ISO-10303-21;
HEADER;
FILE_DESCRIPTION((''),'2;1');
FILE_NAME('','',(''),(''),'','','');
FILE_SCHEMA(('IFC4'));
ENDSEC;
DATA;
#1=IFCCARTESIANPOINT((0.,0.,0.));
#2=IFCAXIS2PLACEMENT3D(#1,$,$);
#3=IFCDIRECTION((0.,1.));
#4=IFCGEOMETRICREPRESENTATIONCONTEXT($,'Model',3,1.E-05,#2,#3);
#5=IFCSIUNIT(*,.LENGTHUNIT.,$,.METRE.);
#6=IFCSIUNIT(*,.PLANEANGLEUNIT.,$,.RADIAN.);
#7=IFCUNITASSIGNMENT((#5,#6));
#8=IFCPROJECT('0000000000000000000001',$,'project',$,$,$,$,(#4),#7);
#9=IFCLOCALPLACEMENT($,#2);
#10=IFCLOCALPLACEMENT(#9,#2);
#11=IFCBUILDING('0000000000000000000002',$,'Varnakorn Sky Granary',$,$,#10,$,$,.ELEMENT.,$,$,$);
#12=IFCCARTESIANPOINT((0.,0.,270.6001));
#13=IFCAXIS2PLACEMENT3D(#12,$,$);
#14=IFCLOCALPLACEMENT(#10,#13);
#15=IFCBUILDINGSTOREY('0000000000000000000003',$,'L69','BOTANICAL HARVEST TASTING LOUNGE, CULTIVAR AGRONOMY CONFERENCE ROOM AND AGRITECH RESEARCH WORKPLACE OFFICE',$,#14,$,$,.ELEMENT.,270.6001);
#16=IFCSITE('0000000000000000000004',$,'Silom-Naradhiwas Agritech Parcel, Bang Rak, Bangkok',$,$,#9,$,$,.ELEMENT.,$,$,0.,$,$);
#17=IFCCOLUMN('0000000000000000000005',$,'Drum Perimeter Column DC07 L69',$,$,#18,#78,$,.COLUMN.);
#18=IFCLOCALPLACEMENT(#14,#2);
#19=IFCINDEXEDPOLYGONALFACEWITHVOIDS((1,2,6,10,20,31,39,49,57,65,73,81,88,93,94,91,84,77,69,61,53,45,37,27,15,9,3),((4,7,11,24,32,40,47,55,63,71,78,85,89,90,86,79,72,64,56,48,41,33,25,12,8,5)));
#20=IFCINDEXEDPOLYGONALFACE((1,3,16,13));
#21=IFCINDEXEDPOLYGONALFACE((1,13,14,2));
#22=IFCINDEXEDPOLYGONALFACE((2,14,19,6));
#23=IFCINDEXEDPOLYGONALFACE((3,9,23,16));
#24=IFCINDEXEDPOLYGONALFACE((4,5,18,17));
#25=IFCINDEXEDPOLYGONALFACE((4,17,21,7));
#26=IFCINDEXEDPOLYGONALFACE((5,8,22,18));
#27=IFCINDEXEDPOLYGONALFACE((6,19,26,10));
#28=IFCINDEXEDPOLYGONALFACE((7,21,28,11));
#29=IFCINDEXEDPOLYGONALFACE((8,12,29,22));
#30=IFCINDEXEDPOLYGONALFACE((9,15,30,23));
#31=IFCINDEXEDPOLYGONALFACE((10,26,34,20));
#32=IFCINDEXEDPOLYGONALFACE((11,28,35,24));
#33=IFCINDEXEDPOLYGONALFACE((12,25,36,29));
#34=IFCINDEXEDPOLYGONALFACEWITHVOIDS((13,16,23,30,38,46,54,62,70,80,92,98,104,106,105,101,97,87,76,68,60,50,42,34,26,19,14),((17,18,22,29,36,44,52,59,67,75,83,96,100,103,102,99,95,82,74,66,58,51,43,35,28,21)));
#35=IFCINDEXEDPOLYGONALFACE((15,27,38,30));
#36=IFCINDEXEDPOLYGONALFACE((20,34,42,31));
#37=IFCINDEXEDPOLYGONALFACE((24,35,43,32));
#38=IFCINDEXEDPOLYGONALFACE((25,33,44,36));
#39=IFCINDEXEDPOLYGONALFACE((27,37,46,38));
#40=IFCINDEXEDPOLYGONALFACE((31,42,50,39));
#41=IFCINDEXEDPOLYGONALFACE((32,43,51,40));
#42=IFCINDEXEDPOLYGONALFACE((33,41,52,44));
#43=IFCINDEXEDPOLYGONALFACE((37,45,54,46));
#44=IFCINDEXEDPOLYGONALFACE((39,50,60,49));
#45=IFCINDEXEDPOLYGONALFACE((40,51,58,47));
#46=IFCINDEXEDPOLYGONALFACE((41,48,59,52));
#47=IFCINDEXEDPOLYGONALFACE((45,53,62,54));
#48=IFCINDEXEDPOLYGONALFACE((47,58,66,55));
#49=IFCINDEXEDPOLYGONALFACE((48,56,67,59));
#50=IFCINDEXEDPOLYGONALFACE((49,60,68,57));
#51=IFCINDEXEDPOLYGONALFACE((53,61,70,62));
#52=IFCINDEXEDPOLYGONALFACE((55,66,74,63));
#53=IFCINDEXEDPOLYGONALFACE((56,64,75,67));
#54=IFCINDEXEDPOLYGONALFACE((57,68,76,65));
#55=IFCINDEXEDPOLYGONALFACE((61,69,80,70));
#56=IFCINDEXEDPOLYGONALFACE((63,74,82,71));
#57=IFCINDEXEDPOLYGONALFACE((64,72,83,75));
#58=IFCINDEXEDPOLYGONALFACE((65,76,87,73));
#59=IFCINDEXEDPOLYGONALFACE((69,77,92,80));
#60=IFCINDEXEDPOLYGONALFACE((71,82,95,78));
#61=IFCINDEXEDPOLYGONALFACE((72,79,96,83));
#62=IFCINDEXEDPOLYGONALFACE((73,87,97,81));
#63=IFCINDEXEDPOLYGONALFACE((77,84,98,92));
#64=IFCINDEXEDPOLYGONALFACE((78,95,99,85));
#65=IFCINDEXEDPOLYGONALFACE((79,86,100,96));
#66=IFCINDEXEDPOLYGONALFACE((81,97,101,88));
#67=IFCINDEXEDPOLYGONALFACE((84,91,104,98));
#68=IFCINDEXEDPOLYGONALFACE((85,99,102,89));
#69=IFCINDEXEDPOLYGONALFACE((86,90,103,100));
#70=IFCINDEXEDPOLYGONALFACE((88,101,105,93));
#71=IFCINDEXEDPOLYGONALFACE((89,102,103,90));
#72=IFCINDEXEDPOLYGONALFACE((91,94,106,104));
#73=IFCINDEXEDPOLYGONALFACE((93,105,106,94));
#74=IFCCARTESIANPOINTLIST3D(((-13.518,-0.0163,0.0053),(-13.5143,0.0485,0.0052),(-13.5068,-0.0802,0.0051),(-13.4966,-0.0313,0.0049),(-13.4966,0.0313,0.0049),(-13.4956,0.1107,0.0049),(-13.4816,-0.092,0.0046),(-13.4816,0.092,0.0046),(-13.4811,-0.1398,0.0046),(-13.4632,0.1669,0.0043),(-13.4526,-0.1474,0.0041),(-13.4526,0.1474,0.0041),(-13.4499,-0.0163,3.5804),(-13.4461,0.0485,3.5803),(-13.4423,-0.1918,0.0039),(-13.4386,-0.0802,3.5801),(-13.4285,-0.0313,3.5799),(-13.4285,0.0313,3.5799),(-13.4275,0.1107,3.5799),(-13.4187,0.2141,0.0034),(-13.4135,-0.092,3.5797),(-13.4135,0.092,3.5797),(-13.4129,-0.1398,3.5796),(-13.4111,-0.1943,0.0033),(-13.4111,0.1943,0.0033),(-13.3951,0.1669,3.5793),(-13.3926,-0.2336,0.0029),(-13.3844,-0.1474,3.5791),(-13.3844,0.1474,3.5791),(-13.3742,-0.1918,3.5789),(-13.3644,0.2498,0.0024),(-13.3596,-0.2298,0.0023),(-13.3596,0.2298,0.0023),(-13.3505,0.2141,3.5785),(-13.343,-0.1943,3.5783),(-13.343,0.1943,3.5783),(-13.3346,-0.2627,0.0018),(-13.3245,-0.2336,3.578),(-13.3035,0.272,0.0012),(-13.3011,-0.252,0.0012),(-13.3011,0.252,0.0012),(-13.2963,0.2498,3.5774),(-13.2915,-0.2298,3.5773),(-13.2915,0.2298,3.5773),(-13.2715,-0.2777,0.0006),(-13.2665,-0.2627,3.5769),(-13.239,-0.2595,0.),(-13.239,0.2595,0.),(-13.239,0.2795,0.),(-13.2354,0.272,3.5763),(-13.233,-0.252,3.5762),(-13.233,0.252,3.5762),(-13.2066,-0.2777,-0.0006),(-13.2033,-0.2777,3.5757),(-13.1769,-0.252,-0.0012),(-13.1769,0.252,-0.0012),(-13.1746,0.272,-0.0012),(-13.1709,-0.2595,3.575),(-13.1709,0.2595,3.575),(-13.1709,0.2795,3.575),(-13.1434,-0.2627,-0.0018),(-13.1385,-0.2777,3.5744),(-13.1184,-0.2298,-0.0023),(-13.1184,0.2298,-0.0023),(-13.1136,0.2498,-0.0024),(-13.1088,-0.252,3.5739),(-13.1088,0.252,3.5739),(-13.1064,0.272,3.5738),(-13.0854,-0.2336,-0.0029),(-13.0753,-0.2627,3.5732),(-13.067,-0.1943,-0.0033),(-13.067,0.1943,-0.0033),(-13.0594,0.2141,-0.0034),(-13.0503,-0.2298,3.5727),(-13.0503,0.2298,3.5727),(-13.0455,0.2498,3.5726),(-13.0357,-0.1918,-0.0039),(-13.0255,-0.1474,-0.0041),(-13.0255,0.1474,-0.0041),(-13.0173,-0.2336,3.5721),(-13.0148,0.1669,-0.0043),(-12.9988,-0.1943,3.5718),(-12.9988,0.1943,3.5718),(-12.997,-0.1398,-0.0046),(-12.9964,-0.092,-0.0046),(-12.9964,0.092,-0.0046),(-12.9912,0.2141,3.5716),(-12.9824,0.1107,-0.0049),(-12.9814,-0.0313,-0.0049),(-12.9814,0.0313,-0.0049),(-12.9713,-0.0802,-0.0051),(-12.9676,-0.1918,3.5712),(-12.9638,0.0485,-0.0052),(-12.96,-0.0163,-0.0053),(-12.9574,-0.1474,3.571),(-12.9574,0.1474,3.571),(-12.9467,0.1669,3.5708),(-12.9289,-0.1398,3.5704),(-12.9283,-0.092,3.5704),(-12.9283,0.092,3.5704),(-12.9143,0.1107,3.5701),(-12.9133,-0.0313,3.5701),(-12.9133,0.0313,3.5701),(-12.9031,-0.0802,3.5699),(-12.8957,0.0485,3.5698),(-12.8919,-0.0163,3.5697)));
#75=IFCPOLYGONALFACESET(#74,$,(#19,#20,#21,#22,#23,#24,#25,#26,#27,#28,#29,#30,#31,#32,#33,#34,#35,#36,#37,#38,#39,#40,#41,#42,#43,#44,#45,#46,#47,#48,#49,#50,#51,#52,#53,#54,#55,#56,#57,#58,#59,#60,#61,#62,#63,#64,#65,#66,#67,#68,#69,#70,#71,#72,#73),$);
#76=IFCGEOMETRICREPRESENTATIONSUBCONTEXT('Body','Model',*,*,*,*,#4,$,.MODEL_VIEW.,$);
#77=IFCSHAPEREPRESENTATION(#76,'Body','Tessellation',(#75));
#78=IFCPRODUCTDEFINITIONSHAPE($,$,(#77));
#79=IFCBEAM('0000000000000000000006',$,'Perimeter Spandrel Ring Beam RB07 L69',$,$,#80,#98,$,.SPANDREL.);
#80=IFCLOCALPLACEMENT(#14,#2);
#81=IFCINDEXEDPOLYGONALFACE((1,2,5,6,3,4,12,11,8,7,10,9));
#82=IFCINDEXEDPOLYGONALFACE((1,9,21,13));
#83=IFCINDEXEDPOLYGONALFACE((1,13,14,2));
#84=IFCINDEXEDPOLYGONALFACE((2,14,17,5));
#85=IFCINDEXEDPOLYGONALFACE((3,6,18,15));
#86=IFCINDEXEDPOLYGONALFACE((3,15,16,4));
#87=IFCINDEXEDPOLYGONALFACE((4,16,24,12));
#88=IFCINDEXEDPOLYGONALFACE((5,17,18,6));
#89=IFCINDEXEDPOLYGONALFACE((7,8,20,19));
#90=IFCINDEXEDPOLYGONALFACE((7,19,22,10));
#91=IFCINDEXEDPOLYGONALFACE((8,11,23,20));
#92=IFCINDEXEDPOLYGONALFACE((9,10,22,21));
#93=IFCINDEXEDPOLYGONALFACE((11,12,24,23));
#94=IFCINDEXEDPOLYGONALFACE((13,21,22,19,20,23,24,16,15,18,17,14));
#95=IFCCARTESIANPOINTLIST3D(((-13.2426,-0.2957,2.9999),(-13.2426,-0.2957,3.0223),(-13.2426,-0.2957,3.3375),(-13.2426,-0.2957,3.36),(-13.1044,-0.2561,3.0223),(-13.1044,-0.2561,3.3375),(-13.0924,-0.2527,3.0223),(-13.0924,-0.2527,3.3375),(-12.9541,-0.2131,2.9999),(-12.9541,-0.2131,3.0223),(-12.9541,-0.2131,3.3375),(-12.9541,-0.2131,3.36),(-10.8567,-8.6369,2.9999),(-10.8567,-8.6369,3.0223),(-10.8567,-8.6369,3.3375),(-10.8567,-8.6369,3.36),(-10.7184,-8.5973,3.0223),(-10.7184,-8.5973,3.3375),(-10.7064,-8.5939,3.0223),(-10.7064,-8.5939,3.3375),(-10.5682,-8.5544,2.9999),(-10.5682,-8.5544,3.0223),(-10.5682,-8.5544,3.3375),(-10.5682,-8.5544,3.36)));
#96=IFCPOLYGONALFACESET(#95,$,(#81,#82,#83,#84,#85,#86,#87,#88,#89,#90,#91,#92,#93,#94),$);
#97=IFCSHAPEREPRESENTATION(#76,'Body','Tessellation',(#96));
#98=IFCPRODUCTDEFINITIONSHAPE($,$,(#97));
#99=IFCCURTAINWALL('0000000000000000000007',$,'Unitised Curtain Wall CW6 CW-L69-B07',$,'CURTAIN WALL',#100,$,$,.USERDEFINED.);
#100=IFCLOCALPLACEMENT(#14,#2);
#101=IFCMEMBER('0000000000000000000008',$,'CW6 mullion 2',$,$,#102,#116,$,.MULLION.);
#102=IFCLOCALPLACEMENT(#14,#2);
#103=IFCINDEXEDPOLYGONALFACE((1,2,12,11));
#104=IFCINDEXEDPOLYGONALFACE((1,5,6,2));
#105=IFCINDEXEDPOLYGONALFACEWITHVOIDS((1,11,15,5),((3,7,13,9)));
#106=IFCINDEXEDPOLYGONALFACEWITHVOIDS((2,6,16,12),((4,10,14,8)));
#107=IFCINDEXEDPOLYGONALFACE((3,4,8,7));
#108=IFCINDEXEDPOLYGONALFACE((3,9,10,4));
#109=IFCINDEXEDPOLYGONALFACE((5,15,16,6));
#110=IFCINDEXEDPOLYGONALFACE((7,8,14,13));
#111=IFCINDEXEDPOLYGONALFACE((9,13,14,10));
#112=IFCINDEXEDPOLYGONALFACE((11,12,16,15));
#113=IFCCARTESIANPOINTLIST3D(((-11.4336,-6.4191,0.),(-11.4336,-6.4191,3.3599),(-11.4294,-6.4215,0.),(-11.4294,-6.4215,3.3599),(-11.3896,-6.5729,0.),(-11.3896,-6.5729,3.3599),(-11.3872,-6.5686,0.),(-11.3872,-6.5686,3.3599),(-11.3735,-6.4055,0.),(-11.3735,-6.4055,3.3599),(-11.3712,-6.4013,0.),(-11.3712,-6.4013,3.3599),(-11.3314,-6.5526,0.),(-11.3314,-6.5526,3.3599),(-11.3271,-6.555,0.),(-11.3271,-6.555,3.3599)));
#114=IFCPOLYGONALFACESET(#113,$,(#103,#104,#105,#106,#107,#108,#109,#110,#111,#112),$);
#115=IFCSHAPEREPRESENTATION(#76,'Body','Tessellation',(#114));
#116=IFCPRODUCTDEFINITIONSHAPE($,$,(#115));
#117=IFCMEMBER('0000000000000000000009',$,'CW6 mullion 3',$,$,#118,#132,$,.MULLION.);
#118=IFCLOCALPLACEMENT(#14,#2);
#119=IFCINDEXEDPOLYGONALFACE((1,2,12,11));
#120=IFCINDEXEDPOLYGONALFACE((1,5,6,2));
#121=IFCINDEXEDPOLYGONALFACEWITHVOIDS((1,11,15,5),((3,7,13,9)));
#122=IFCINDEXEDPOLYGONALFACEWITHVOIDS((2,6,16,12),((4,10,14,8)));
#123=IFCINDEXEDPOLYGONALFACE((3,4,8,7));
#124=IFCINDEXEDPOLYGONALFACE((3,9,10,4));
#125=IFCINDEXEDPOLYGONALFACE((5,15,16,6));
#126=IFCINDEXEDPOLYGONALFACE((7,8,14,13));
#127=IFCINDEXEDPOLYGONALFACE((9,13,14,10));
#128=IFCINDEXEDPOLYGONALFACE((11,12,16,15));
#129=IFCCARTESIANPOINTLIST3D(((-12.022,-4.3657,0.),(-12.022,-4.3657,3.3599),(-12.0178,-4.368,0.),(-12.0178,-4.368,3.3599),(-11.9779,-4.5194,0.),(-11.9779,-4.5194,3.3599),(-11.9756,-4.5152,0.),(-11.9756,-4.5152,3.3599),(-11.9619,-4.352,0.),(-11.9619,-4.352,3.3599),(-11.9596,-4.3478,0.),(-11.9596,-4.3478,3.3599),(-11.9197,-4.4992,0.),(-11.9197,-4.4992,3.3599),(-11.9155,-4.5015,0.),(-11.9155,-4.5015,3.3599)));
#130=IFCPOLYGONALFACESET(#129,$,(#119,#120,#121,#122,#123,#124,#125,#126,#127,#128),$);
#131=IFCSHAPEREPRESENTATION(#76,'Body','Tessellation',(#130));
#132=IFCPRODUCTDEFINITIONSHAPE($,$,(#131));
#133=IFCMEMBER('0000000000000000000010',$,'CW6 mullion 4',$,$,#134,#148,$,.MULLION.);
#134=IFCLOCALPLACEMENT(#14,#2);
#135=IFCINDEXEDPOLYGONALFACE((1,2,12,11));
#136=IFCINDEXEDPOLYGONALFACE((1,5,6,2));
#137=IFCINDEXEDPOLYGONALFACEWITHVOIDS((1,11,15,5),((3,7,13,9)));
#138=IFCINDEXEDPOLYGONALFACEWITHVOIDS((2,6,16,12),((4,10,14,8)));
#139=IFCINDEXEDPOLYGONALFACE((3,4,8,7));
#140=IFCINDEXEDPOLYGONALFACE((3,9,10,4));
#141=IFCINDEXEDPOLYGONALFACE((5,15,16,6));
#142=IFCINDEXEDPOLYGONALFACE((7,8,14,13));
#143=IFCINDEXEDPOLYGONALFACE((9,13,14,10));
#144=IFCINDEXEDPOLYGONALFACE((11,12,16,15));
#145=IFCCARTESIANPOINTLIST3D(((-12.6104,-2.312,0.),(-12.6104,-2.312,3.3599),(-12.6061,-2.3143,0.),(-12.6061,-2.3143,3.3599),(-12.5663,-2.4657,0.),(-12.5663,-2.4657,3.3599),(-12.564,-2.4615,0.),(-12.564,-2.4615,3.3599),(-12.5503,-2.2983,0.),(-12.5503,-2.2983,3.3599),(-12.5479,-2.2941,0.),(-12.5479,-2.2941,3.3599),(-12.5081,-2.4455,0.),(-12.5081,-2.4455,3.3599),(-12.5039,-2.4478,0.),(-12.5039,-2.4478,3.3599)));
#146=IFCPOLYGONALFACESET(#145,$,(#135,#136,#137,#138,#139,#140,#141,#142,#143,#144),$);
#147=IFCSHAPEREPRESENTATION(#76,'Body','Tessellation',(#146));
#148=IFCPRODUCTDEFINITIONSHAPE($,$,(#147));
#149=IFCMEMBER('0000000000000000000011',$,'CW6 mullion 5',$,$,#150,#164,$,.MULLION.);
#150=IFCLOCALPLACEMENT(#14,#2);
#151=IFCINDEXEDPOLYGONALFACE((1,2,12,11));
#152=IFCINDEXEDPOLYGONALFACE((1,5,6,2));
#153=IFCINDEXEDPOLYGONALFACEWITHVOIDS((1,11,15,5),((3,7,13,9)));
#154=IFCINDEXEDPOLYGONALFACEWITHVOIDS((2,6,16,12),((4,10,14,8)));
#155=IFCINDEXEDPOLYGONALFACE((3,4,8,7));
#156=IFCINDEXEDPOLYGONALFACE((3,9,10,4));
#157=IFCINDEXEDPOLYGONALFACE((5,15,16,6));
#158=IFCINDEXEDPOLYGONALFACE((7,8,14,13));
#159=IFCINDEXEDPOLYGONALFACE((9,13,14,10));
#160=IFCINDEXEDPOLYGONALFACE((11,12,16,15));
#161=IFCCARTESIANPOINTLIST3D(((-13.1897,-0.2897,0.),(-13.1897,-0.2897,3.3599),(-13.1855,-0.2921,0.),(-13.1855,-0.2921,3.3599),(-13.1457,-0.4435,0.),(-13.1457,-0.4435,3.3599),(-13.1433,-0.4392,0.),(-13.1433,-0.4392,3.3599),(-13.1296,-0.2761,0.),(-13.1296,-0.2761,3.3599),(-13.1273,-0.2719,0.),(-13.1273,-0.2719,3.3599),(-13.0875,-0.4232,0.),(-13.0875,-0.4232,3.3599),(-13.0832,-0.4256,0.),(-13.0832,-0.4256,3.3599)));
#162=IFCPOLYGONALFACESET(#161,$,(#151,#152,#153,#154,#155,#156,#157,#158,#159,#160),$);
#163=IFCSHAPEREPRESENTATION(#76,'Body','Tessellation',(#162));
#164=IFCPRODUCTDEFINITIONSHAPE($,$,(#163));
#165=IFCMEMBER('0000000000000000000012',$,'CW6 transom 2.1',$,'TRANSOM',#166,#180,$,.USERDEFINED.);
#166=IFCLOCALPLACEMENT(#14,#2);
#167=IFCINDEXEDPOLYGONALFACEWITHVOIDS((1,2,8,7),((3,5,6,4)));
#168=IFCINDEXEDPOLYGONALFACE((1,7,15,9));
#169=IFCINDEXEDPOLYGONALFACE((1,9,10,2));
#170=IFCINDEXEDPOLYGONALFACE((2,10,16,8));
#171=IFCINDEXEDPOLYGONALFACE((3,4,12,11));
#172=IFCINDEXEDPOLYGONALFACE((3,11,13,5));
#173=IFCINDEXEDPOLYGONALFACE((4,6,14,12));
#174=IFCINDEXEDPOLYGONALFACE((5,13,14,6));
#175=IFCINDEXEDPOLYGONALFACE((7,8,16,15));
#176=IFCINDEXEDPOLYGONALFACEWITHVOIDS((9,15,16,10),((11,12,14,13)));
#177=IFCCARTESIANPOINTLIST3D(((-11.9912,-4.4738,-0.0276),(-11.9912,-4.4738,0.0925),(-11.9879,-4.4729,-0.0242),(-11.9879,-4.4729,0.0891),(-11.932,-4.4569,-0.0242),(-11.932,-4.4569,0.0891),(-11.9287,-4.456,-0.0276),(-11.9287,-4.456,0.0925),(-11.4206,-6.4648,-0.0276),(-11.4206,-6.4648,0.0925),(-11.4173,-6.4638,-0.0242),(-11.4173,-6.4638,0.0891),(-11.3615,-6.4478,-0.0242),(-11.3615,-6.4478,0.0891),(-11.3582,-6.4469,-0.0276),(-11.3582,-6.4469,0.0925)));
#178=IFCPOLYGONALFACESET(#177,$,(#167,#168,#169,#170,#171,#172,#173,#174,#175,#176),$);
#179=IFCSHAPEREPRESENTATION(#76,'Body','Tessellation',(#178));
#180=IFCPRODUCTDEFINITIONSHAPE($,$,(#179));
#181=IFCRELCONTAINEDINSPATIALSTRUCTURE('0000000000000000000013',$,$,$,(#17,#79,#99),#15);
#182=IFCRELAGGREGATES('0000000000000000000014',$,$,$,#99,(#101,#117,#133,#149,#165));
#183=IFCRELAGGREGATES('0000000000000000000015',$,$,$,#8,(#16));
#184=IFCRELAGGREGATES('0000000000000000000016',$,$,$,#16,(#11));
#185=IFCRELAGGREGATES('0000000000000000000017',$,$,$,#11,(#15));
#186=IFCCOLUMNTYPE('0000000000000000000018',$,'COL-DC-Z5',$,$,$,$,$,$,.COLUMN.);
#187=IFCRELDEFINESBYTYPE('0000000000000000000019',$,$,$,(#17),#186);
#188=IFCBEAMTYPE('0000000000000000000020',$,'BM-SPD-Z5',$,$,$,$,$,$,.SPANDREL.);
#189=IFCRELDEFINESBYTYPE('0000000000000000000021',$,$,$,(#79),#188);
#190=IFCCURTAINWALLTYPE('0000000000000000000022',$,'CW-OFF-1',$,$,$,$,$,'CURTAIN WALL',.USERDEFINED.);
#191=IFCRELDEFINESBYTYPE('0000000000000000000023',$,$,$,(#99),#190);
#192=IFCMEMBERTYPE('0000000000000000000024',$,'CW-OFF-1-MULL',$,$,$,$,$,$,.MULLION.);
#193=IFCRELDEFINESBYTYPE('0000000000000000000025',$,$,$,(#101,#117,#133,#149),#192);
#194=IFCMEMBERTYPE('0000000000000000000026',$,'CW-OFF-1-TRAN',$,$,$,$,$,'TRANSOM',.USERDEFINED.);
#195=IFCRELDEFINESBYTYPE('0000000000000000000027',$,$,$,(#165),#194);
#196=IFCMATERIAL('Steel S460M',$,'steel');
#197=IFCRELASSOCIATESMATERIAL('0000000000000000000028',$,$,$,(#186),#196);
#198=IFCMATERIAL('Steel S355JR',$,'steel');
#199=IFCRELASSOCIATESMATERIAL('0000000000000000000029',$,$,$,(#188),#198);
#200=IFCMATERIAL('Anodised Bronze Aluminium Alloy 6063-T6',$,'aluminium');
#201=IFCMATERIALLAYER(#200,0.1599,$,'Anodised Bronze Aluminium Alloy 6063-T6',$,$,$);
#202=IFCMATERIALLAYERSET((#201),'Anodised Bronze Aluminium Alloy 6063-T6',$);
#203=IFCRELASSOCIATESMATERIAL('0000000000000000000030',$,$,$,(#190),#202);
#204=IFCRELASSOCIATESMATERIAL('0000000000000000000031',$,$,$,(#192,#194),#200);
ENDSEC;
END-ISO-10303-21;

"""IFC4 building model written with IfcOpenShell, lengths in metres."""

from ifc_helpers import new_model, si_unit, direction, frame, origin, origin_2d, place, context, subcontext, project, spatial, hollow_rectangle, hollow_circle, i_section, extrude, material, layer, layer_set, material_profile, profile_set, type_object, element, aggregate, save


model = new_model("IFC4")

# Units and contexts
model_context = context("Model", 3, precision=1e-05, world=origin(), true_north=direction((0.0, 1.0)))
body_context = subcontext(model_context, "Body", "Model", "MODEL_VIEW")
ifc_project = project(units=[si_unit("LENGTHUNIT", "METRE"), si_unit("PLANEANGLEUNIT", "RADIAN")], contexts=[model_context])

# Site, building, storey
site_placement = place(None, origin())
site = spatial("IfcSite", under=ifc_project, at=site_placement, Name="Silom-Naradhiwas Agritech Parcel, Bang Rak, Bangkok", CompositionType="ELEMENT", RefElevation=0.0)
building_placement = place(site_placement, origin())
building = spatial("IfcBuilding", under=site, at=building_placement, Name="Varnakorn Sky Granary", CompositionType="ELEMENT")
storey_placement = place(building_placement, frame((0.0, 0.0, 270.6001)))
storey = spatial("IfcBuildingStorey", under=building, at=storey_placement, Name="L69", Description="BOTANICAL HARVEST TASTING LOUNGE, CULTIVAR AGRONOMY CONFERENCE ROOM AND AGRITECH RESEARCH WORKPLACE OFFICE", CompositionType="ELEMENT", Elevation=270.6001)

# Column
ifc_material_1 = material(Name="Steel S460M", Category="steel")
ifc_material_profile_1 = material_profile(ifc_material_1, hollow_circle(Radius=0.2795, WallThickness=0.02, at=origin_2d()), Name="CHS 559x20")
ifc_profile_set_1 = profile_set([ifc_material_profile_1], Name="Steel S460M")
column_type = type_object("IfcColumnType", Name="COL-DC-Z5", PredefinedType="COLUMN", material=ifc_profile_set_1)
column_placement = place(storey_placement, frame((-13.239, 0.0, 0.0), z_axis=(0.01905, 0.0, 0.999819), x_axis=(0.0, 1.0, 0.0)))
element("IfcColumn", 1, at=column_placement, inside=storey, type_object=column_type, Name="Drum Perimeter Column DC07 L69", PredefinedType="COLUMN", context=body_context, shape_type="SweptSolid", body=[
    extrude(hollow_circle(Radius=0.2795, WallThickness=0.02, at=origin_2d()), origin(), (0.0, 0.0, 1.0), 3.5757),
])

# Beam
ifc_material_2 = material(Name="Steel S355JR", Category="steel")
ifc_material_profile_2 = material_profile(ifc_material_2, i_section(OverallWidth=0.3, OverallDepth=0.3601, WebThickness=0.0125, FlangeThickness=0.0225, at=origin_2d()), Name="HE 360 B")
ifc_profile_set_2 = profile_set([ifc_material_profile_2], Name="Steel S355JR")
beam_type = type_object("IfcBeamType", Name="BM-SPD-Z5", PredefinedType="SPANDREL", material=ifc_profile_set_2)
beam_placement = place(storey_placement, frame((-13.0984, -0.2544, 3.1799), z_axis=(0.275015, -0.96144, 0.0), x_axis=(0.96144, 0.275015, 0.0)))
element("IfcBeam", 2, at=beam_placement, inside=storey, type_object=beam_type, Name="Perimeter Spandrel Ring Beam RB07 L69", PredefinedType="SPANDREL", context=body_context, shape_type="SweptSolid", body=[
    extrude(i_section(OverallWidth=0.3, OverallDepth=0.3601, WebThickness=0.0125, FlangeThickness=0.0225, at=origin_2d()), origin(), (0.0, 0.0, 1.0), 8.6758),
])

# Curtain wall, members
ifc_material_3 = material(Name="Anodised Bronze Aluminium Alloy 6063-T6", Category="aluminium")
ifc_layer_1 = layer(ifc_material_3, 0.1599, Name="Anodised Bronze Aluminium Alloy 6063-T6")
ifc_layer_set_1 = layer_set([ifc_layer_1], Name="Anodised Bronze Aluminium Alloy 6063-T6")
curtain_wall_type = type_object("IfcCurtainWallType", Name="CW-OFF-1", ElementType="CURTAIN WALL", PredefinedType="USERDEFINED", material=ifc_layer_set_1)
curtain_wall_placement = place(storey_placement, origin())
curtain_wall = element("IfcCurtainWall", 3, at=curtain_wall_placement, inside=storey, type_object=curtain_wall_type, Name="Unitised Curtain Wall CW6 CW-L69-B07", ObjectType="CURTAIN WALL", PredefinedType="USERDEFINED")
ifc_material_profile_3 = material_profile(ifc_material_3, hollow_rectangle(XDim=0.0649, YDim=0.1599, WallThickness=0.0034, at=origin_2d()), Name="ALU MULL 65x160")
ifc_profile_set_3 = profile_set([ifc_material_profile_3], Name="Anodised Bronze Aluminium Alloy 6063-T6")
member_type_1 = type_object("IfcMemberType", Name="CW-OFF-1-MULL", PredefinedType="MULLION", material=ifc_profile_set_3)
member_1_placement = place(storey_placement, frame((-11.3804, -6.4871, 0.0), z_axis=(0.0, 0.0, 1.0), x_axis=(-0.961323, -0.275423, 0.0)))
member_1 = element("IfcMember", 4, at=member_1_placement, type_object=member_type_1, Name="CW6 mullion 2", PredefinedType="MULLION", context=body_context, shape_type="SweptSolid", body=[
    extrude(hollow_rectangle(XDim=0.0649, YDim=0.1599, WallThickness=0.0034, at=origin_2d()), origin(), (0.0, 0.0, 1.0), 3.3599),
])
member_2_placement = place(storey_placement, frame((-11.9688, -4.4336, 0.0), z_axis=(0.0, 0.0, 1.0), x_axis=(-0.961323, -0.275423, 0.0)))
member_2 = element("IfcMember", 5, at=member_2_placement, type_object=member_type_1, Name="CW6 mullion 3", PredefinedType="MULLION", context=body_context, shape_type="SweptSolid", body=[
    extrude(hollow_rectangle(XDim=0.0649, YDim=0.1599, WallThickness=0.0034, at=origin_2d()), origin(), (0.0, 0.0, 1.0), 3.3599),
])
member_3_placement = place(storey_placement, frame((-12.5571, -2.3799, 0.0), z_axis=(0.0, 0.0, 1.0), x_axis=(-0.961323, -0.275423, 0.0)))
member_3 = element("IfcMember", 6, at=member_3_placement, type_object=member_type_1, Name="CW6 mullion 4", PredefinedType="MULLION", context=body_context, shape_type="SweptSolid", body=[
    extrude(hollow_rectangle(XDim=0.0649, YDim=0.1599, WallThickness=0.0034, at=origin_2d()), origin(), (0.0, 0.0, 1.0), 3.3599),
])
member_4_placement = place(storey_placement, frame((-13.1365, -0.3577, 0.0), z_axis=(0.0, 0.0, 1.0), x_axis=(-0.961323, -0.275423, 0.0)))
member_4 = element("IfcMember", 7, at=member_4_placement, type_object=member_type_1, Name="CW6 mullion 5", PredefinedType="MULLION", context=body_context, shape_type="SweptSolid", body=[
    extrude(hollow_rectangle(XDim=0.0649, YDim=0.1599, WallThickness=0.0034, at=origin_2d()), origin(), (0.0, 0.0, 1.0), 3.3599),
])
ifc_material_profile_4 = material_profile(ifc_material_3, hollow_rectangle(XDim=0.0649, YDim=0.1201, WallThickness=0.0034, at=origin_2d()), Name="ALU TRAN 65x120")
ifc_profile_set_4 = profile_set([ifc_material_profile_4], Name="Anodised Bronze Aluminium Alloy 6063-T6")
member_type_2 = type_object("IfcMemberType", Name="CW-OFF-1-TRAN", ElementType="TRANSOM", PredefinedType="USERDEFINED", material=ifc_profile_set_4)
member_5_placement = place(storey_placement, frame((-11.3894, -6.4558, 0.0325), z_axis=(-0.275484, 0.961306, 0.0), x_axis=(-0.961306, -0.275484, 0.0)))
member_5 = element("IfcMember", 8, at=member_5_placement, type_object=member_type_2, Name="CW6 transom 2.1", ObjectType="TRANSOM", PredefinedType="USERDEFINED", context=body_context, shape_type="SweptSolid", body=[
    extrude(hollow_rectangle(XDim=0.0649, YDim=0.1201, WallThickness=0.0034, at=origin_2d()), origin(), (0.0, 0.0, 1.0), 2.071),
])

aggregate(curtain_wall, [member_1, member_2, member_3, member_4, member_5])

save(model, "model.ifc")
